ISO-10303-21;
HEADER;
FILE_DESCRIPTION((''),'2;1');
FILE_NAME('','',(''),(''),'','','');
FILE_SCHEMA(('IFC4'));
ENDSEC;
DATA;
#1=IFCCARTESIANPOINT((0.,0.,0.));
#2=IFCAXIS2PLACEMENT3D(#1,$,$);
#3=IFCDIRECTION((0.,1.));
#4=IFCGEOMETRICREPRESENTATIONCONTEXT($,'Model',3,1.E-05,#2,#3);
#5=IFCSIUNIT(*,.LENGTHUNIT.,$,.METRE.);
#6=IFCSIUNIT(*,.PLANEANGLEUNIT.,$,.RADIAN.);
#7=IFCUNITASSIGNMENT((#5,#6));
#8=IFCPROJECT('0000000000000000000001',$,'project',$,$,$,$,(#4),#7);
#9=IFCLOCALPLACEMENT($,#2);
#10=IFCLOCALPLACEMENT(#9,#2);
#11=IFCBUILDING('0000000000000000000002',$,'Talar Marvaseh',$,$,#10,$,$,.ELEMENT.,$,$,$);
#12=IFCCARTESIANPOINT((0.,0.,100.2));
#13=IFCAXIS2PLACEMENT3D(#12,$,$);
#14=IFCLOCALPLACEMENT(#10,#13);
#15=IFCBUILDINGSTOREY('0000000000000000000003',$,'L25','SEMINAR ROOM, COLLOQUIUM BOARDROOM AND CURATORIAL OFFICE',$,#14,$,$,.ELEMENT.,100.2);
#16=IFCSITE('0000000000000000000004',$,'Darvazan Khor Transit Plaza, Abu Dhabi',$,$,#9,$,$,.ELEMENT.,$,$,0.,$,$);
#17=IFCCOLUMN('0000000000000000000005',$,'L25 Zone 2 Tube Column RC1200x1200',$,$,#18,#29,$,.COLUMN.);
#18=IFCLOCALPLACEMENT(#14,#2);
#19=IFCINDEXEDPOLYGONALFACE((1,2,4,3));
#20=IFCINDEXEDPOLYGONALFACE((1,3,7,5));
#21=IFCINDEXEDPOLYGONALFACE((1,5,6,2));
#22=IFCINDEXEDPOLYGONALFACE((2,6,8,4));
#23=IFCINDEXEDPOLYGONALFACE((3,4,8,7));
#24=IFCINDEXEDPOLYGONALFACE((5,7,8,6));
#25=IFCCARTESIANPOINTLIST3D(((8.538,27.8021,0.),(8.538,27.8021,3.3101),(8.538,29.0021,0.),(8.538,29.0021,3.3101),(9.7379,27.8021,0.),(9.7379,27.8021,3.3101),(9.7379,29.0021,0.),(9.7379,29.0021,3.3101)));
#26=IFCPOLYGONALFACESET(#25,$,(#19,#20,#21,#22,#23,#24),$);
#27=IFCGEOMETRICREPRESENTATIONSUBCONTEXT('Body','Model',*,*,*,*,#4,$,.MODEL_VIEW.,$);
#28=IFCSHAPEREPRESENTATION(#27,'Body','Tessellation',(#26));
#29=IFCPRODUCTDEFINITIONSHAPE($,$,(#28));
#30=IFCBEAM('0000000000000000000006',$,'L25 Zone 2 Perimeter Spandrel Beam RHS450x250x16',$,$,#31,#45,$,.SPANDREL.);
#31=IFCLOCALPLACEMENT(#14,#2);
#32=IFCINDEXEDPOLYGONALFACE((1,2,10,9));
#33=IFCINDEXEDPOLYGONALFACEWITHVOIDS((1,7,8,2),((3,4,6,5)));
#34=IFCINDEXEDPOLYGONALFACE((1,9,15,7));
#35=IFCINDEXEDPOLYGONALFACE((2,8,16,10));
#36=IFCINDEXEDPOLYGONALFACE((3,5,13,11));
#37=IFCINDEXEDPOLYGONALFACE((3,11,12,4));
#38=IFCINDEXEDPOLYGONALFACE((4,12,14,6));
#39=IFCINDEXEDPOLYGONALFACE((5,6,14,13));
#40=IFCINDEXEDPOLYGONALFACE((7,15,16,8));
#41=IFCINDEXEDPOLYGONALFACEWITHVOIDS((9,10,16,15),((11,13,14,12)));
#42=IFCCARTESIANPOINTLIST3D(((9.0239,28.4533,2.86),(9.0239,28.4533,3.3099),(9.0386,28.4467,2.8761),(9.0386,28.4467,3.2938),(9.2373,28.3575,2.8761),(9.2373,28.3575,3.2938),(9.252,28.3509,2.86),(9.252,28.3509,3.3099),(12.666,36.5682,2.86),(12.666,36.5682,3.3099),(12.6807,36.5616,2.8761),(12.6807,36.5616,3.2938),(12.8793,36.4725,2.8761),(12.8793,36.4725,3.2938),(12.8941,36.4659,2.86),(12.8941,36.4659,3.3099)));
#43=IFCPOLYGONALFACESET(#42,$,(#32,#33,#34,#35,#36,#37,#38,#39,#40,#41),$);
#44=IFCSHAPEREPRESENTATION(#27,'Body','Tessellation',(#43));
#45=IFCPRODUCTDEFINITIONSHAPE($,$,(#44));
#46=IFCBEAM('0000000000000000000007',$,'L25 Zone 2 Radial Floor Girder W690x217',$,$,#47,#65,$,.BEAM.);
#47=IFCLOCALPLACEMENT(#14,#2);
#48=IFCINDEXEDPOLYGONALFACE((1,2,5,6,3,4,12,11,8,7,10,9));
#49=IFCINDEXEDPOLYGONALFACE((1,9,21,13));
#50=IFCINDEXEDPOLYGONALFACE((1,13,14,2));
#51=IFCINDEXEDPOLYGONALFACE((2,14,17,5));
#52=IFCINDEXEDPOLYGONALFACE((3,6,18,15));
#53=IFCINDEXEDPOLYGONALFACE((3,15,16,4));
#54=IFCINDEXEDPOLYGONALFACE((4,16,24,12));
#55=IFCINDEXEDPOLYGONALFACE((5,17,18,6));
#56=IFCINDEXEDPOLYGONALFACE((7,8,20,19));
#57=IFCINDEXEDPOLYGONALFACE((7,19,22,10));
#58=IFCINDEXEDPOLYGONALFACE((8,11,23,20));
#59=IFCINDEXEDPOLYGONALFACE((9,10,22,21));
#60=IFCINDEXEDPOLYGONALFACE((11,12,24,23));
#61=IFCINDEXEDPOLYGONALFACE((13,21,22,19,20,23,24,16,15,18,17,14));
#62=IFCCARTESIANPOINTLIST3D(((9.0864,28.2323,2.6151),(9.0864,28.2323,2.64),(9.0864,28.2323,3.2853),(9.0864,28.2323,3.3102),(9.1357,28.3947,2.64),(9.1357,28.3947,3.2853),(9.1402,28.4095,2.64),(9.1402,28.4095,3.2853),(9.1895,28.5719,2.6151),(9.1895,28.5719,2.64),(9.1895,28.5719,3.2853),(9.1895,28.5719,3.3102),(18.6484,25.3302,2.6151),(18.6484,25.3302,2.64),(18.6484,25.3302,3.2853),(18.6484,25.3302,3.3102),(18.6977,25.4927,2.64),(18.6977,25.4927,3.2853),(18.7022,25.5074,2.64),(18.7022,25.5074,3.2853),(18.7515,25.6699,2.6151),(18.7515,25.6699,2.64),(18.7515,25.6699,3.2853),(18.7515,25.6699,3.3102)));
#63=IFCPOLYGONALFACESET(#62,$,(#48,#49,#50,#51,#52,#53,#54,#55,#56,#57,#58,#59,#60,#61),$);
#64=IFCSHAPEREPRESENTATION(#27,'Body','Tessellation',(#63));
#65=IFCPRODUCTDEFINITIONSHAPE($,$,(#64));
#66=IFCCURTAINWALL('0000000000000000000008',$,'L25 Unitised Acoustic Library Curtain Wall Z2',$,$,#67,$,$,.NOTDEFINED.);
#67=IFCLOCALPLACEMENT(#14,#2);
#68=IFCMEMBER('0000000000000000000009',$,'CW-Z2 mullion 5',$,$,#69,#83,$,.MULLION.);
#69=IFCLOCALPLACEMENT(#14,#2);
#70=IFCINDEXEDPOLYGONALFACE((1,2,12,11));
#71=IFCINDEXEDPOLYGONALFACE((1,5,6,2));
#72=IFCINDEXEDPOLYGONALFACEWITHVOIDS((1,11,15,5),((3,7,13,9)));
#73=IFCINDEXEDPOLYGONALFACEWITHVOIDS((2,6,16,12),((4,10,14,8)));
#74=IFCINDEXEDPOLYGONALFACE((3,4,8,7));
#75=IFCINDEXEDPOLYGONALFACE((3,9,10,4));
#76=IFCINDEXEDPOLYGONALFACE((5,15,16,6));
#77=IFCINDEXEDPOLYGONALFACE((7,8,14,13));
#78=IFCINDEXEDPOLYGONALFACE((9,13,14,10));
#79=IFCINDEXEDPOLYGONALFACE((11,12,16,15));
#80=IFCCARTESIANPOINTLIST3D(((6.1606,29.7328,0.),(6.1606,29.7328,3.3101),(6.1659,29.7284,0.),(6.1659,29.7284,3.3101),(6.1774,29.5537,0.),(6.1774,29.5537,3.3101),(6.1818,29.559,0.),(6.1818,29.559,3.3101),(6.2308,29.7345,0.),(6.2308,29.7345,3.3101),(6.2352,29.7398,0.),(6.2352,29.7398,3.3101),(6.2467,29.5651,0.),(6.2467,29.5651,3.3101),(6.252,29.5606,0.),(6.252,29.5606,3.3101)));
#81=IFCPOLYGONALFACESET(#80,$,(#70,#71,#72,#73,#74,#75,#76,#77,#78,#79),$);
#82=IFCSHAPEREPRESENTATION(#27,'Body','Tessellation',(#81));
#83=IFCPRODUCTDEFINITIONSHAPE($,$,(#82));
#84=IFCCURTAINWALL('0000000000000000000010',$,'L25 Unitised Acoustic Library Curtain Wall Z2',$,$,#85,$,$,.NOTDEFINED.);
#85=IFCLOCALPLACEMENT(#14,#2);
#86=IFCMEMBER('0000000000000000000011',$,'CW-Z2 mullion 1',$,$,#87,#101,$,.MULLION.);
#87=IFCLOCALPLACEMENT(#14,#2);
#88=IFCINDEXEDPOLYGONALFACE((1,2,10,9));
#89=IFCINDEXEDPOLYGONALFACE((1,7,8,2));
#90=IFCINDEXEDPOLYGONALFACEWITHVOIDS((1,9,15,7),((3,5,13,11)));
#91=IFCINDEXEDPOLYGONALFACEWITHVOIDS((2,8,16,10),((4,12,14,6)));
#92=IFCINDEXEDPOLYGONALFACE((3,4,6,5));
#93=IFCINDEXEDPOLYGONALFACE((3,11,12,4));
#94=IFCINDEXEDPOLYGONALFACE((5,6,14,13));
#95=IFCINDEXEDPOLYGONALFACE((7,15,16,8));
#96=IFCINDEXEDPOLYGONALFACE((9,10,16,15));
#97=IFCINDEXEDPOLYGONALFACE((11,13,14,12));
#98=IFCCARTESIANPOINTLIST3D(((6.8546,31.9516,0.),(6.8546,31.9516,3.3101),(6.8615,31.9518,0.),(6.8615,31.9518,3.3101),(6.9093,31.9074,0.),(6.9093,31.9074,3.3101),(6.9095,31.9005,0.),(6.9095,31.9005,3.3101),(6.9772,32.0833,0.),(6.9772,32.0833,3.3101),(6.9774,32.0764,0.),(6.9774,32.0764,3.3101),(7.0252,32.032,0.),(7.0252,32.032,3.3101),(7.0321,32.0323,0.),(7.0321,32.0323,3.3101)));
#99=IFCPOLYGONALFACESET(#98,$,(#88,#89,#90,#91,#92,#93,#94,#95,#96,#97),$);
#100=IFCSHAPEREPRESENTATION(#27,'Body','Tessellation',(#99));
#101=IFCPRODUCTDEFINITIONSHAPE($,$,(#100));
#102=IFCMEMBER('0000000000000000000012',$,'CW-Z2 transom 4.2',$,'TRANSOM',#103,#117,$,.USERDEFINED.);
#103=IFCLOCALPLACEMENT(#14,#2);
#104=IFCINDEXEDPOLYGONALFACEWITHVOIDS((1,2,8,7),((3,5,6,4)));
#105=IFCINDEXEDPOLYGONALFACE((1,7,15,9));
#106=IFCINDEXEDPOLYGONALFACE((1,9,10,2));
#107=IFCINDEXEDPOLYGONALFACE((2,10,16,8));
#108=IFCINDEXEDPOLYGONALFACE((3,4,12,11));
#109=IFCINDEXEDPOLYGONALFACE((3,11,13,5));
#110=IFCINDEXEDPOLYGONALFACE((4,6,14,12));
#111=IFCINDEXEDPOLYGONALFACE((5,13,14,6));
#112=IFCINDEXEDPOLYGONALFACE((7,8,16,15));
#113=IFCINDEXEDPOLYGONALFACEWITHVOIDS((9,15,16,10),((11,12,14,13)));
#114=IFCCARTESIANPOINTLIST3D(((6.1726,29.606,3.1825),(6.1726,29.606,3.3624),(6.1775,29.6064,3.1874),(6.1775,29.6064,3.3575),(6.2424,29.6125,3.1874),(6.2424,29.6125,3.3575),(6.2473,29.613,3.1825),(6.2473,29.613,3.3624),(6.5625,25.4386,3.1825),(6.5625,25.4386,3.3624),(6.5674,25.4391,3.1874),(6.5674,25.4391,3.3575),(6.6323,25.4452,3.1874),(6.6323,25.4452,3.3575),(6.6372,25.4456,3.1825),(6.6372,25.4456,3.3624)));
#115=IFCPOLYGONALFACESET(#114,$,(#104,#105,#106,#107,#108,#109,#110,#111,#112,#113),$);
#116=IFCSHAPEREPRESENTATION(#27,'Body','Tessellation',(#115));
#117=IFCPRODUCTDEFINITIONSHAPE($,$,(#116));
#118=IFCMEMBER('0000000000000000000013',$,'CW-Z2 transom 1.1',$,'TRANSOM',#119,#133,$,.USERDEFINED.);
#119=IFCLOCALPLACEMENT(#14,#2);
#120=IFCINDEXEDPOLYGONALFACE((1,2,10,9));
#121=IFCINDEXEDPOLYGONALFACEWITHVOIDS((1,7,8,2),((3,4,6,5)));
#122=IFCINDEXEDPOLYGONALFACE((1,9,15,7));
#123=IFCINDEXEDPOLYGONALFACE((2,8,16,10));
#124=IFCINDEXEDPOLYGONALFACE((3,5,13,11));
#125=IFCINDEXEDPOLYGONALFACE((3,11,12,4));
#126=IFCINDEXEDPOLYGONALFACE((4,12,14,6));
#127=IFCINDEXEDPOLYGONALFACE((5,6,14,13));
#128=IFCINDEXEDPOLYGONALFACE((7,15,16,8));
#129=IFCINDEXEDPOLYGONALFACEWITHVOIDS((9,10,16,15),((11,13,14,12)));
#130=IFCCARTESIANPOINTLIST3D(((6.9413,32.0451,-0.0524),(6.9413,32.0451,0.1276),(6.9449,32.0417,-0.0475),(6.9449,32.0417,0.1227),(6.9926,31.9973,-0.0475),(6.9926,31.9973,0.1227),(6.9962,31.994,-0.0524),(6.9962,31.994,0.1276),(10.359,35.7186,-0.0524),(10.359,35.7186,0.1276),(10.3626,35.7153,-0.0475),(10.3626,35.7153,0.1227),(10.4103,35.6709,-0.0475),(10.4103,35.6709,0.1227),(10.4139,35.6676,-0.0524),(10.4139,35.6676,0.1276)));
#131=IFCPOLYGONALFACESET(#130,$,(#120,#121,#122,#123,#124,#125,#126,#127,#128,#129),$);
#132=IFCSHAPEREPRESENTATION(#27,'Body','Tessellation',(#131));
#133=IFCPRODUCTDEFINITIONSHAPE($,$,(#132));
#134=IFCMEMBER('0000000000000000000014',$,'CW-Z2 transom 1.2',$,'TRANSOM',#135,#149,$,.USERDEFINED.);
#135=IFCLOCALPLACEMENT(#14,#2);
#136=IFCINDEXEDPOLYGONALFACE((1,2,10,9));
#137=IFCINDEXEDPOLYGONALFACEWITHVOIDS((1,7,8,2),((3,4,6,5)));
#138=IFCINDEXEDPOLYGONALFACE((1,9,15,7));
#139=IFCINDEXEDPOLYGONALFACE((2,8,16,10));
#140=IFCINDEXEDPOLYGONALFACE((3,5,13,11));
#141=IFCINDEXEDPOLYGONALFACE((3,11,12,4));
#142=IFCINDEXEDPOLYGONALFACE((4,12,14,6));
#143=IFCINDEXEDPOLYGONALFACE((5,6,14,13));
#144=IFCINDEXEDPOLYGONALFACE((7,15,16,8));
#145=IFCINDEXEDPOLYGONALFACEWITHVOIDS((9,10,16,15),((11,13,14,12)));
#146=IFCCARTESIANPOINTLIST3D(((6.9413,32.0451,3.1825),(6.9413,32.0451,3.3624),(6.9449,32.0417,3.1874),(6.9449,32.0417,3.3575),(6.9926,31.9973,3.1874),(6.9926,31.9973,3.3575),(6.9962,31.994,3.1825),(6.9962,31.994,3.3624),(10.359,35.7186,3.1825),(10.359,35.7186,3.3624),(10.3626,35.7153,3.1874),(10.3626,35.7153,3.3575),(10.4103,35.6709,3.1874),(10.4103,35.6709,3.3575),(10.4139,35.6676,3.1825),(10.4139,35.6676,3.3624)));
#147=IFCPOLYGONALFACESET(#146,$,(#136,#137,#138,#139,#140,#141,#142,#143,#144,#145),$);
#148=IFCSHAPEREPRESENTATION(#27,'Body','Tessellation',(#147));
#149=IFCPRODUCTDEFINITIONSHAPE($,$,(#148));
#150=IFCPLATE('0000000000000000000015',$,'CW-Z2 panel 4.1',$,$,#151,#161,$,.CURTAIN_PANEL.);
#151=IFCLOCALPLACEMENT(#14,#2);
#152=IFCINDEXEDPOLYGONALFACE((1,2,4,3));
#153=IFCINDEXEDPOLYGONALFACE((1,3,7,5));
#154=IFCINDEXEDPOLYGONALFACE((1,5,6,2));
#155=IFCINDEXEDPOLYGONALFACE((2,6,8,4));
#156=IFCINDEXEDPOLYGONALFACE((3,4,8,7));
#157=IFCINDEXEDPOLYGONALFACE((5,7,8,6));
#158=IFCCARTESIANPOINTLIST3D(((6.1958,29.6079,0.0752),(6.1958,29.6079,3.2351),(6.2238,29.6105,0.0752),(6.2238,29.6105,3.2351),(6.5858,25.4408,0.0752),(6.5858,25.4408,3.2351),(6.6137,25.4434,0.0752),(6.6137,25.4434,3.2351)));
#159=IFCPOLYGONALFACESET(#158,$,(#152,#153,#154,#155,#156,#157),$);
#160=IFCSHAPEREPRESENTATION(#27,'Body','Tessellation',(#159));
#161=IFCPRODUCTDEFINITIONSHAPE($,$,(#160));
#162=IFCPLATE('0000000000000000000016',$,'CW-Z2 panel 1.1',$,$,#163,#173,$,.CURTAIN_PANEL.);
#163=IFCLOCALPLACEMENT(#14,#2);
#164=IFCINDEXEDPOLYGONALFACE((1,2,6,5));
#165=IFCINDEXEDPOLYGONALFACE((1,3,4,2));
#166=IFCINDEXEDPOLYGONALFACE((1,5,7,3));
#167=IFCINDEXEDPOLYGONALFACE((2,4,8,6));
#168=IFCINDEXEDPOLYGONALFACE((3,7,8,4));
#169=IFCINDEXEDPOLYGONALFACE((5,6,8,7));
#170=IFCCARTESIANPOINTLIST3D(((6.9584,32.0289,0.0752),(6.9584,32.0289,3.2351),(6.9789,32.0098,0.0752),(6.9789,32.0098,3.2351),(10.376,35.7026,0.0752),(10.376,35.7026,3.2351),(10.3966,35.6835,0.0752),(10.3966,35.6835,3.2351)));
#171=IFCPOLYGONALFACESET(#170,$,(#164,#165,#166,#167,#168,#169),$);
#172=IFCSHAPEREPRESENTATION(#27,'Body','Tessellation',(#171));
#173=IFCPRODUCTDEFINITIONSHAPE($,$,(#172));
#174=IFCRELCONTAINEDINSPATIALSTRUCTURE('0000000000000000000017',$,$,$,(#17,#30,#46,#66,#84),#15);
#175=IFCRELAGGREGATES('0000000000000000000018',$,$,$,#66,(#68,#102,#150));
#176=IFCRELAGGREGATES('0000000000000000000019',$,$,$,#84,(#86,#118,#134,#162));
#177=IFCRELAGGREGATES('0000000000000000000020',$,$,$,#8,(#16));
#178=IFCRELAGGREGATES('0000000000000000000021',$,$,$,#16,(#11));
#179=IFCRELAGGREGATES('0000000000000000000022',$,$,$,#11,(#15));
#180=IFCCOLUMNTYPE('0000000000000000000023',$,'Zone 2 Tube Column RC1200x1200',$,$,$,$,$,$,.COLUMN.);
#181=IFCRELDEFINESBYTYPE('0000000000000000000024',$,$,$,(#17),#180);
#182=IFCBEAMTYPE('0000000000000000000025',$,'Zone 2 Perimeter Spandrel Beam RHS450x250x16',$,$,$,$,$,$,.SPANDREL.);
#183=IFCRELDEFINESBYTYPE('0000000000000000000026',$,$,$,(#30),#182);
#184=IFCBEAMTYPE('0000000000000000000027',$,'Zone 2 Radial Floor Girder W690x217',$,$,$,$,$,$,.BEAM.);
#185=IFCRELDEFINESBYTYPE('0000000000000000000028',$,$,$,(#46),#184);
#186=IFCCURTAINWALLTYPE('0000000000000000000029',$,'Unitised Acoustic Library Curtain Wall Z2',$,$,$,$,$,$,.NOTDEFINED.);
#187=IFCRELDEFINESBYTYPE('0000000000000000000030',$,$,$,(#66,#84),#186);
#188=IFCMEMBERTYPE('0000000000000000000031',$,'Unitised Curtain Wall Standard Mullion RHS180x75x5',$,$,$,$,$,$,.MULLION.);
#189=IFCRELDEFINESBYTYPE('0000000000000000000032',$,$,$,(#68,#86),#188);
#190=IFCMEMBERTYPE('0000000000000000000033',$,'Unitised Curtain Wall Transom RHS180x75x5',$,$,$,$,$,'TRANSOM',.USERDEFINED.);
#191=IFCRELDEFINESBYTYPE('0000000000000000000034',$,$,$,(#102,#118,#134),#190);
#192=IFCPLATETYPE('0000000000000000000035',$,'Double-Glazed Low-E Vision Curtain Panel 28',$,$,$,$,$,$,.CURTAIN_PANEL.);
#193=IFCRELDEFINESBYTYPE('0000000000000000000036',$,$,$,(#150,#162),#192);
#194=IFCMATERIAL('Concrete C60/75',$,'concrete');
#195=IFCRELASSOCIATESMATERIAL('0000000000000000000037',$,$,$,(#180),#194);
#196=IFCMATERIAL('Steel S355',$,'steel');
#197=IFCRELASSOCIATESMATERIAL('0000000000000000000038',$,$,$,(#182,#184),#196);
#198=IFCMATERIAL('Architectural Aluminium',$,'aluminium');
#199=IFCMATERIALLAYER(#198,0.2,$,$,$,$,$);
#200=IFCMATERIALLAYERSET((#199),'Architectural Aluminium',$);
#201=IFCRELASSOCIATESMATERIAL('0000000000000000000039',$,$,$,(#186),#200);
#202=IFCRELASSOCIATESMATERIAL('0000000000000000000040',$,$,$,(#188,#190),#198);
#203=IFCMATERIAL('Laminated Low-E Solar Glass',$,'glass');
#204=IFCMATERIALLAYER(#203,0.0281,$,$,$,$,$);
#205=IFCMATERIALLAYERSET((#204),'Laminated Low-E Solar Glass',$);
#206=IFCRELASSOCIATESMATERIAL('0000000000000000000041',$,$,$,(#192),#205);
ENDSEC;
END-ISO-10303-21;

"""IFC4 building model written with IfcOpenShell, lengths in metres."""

from ifc_helpers import new_model, si_unit, direction, frame, origin, origin_2d, place, context, subcontext, project, spatial, rectangle, hollow_rectangle, i_section, extrude, source, transform, mapped, material, layer, layer_set, material_profile, profile_set, type_object, type_shapes, element, aggregate, save


model = new_model("IFC4")

# Units and contexts
model_context = context("Model", 3, precision=1e-05, world=origin(), true_north=direction((0.0, 1.0)))
body_context = subcontext(model_context, "Body", "Model", "MODEL_VIEW")
ifc_project = project(units=[si_unit("LENGTHUNIT", "METRE"), si_unit("PLANEANGLEUNIT", "RADIAN")], contexts=[model_context])

# Site, building, storey
site_placement = place(None, origin())
site = spatial("IfcSite", under=ifc_project, at=site_placement, Name="Darvazan Khor Transit Plaza, Abu Dhabi", CompositionType="ELEMENT", RefElevation=0.0)
building_placement = place(site_placement, origin())
building = spatial("IfcBuilding", under=site, at=building_placement, Name="Talar Marvaseh", CompositionType="ELEMENT")
storey_placement = place(building_placement, frame((0.0, 0.0, 100.2)))
storey = spatial("IfcBuildingStorey", under=building, at=storey_placement, Name="L25", Description="SEMINAR ROOM, COLLOQUIUM BOARDROOM AND CURATORIAL OFFICE", CompositionType="ELEMENT", Elevation=100.2)

# Column
ifc_material_1 = material(Name="Concrete C60/75", Category="concrete")
ifc_material_profile_1 = material_profile(ifc_material_1, rectangle(XDim=1.2, YDim=1.2, at=origin_2d()), Name="RC1200x1200")
ifc_profile_set_1 = profile_set([ifc_material_profile_1], Name="Concrete C60/75")
column_type = type_object("IfcColumnType", Name="Zone 2 Tube Column RC1200x1200", PredefinedType="COLUMN", material=ifc_profile_set_1)
column_placement = place(storey_placement, frame((9.1379, 28.4021, 0.0), z_axis=(0.0, 0.0, 1.0), x_axis=(1.0, 0.0, 0.0)))
element("IfcColumn", 1, at=column_placement, inside=storey, type_object=column_type, Name="L25 Zone 2 Tube Column RC1200x1200", PredefinedType="COLUMN", context=body_context, shape_type="SweptSolid", body=[
    extrude(rectangle(XDim=1.2, YDim=1.2, at=origin_2d()), origin(), (0.0, 0.0, 1.0), 3.3101),
])

# Beams
ifc_material_2 = material(Name="Steel S355", Category="steel")
ifc_material_profile_2 = material_profile(ifc_material_2, hollow_rectangle(XDim=0.25, YDim=0.45, WallThickness=0.0161, at=origin_2d()), Name="RHS450x250x16")
ifc_profile_set_2 = profile_set([ifc_material_profile_2], Name="Steel S355")
beam_type_1 = type_object("IfcBeamType", Name="Zone 2 Perimeter Spandrel Beam RHS450x250x16", PredefinedType="SPANDREL", material=ifc_profile_set_2)
beam_1_placement = place(storey_placement, frame((9.1379, 28.4021, 3.085), z_axis=(0.409462, 0.912327, 0.0), x_axis=(-0.912327, 0.409462, 0.0)))
element("IfcBeam", 2, at=beam_1_placement, inside=storey, type_object=beam_type_1, Name="L25 Zone 2 Perimeter Spandrel Beam RHS450x250x16", PredefinedType="SPANDREL", context=body_context, shape_type="SweptSolid", body=[
    extrude(hollow_rectangle(XDim=0.25, YDim=0.45, WallThickness=0.0161, at=origin_2d()), origin(), (0.0, 0.0, 1.0), 8.8948),
])
ifc_material_profile_3 = material_profile(ifc_material_2, i_section(OverallWidth=0.355, OverallDepth=0.6951, WebThickness=0.0154, FlangeThickness=0.0249, at=origin_2d()), Name="W690x217")
ifc_profile_set_3 = profile_set([ifc_material_profile_3], Name="Steel S355")
beam_type_2 = type_object("IfcBeamType", Name="Zone 2 Radial Floor Girder W690x217", PredefinedType="BEAM", material=ifc_profile_set_3)
beam_2_placement = place(storey_placement, frame((9.1379, 28.4021, 2.9626), z_axis=(0.956899, -0.290422, 0.0), x_axis=(0.290422, 0.956899, 0.0)))
element("IfcBeam", 3, at=beam_2_placement, inside=storey, type_object=beam_type_2, Name="L25 Zone 2 Radial Floor Girder W690x217", PredefinedType="BEAM", context=body_context, shape_type="SweptSolid", body=[
    extrude(i_section(OverallWidth=0.355, OverallDepth=0.6951, WebThickness=0.0154, FlangeThickness=0.0249, at=origin_2d()), origin(), (0.0, 0.0, 1.0), 9.9927),
])

# Curtain walls, members
ifc_material_3 = material(Name="Architectural Aluminium", Category="aluminium")
ifc_layer_1 = layer(ifc_material_3, 0.2)
ifc_layer_set_1 = layer_set([ifc_layer_1], Name="Architectural Aluminium")
curtain_wall_type = type_object("IfcCurtainWallType", Name="Unitised Acoustic Library Curtain Wall Z2", PredefinedType="NOTDEFINED", material=ifc_layer_set_1)
curtain_wall_1_placement = place(storey_placement, origin())
curtain_wall_1 = element("IfcCurtainWall", 4, at=curtain_wall_1_placement, inside=storey, type_object=curtain_wall_type, Name="L25 Unitised Acoustic Library Curtain Wall Z2", PredefinedType="NOTDEFINED")
ifc_material_profile_4 = material_profile(ifc_material_3, hollow_rectangle(XDim=0.075, YDim=0.1799, WallThickness=0.0049, at=origin_2d()), Name="RHS180x75x5")
ifc_profile_set_4 = profile_set([ifc_material_profile_4], Name="Architectural Aluminium")
member_type_1 = type_object("IfcMemberType", Name="Unitised Curtain Wall Standard Mullion RHS180x75x5", PredefinedType="MULLION", material=ifc_profile_set_4)
shared_shape_1 = source(origin(), body_context, "Body", "SweptSolid", [
    extrude(hollow_rectangle(XDim=0.075, YDim=0.1799, WallThickness=0.0049, at=origin_2d()), origin(), (0.0, 0.0, 1.0), 3.3101),
])
type_shapes(member_type_1, [shared_shape_1])
member_1_placement = place(storey_placement, frame((6.2063, 29.6467, 0.0), z_axis=(0.0, 0.0, 1.0), x_axis=(-0.99565, -0.093173, 0.0)))
member_1 = element("IfcMember", 5, at=member_1_placement, type_object=member_type_1, Name="CW-Z2 mullion 5", PredefinedType="MULLION", context=body_context, shape_type="MappedRepresentation", body=[
    mapped(shared_shape_1, transform((0.0, 0.0, 0.0), x_axis=(1.0, 0.0, 0.0), y_axis=(0.0, 1.0, 0.0), z_axis=(0.0, 0.0, 1.0), scale=1.0)),
])
curtain_wall_2_placement = place(storey_placement, origin())
curtain_wall_2 = element("IfcCurtainWall", 6, at=curtain_wall_2_placement, inside=storey, type_object=curtain_wall_type, Name="L25 Unitised Acoustic Library Curtain Wall Z2", PredefinedType="NOTDEFINED")
member_2_placement = place(storey_placement, frame((6.9434, 31.9919, 0.0), z_axis=(0.0, 0.0, 1.0), x_axis=(-0.73216, 0.681133, 0.0)))
member_2 = element("IfcMember", 7, at=member_2_placement, type_object=member_type_1, Name="CW-Z2 mullion 1", PredefinedType="MULLION", context=body_context, shape_type="MappedRepresentation", body=[
    mapped(shared_shape_1, transform((0.0, 0.0, 0.0), x_axis=(1.0, 0.0, 0.0), y_axis=(0.0, 1.0, 0.0), z_axis=(0.0, 0.0, 1.0), scale=1.0)),
])

# Members
ifc_material_profile_5 = material_profile(ifc_material_3, hollow_rectangle(XDim=0.075, YDim=0.1799, WallThickness=0.0049, at=origin_2d()), Name="RHS180x75x5")
ifc_profile_set_5 = profile_set([ifc_material_profile_5], Name="Architectural Aluminium")
member_type_2 = type_object("IfcMemberType", Name="Unitised Curtain Wall Transom RHS180x75x5", ElementType="TRANSOM", PredefinedType="USERDEFINED", material=ifc_profile_set_5)
shared_shape_2 = source(origin(), body_context, "Body", "SweptSolid", [
    extrude(hollow_rectangle(XDim=0.075, YDim=0.1799, WallThickness=0.0049, at=origin_2d()), origin(), (0.0, 0.0, 1.0), 4.1855),
])
member_3_placement = place(storey_placement, frame((6.5999, 25.4421, 3.2725), z_axis=(-0.093155, 0.995652, 0.0), x_axis=(-0.995652, -0.093155, 0.0)))
member_3 = element("IfcMember", 8, at=member_3_placement, type_object=member_type_2, Name="CW-Z2 transom 4.2", ObjectType="TRANSOM", PredefinedType="USERDEFINED", context=body_context, shape_type="MappedRepresentation", body=[
    mapped(shared_shape_2, transform((0.0, 0.0, 0.0), x_axis=(1.0, 0.0, 0.0), y_axis=(0.0, 1.0, 0.0), z_axis=(0.0, 0.0, 1.0), scale=1.0)),
])
shared_shape_3 = source(origin(), body_context, "Body", "SweptSolid", [
    extrude(hollow_rectangle(XDim=0.075, YDim=0.1799, WallThickness=0.0049, at=origin_2d()), origin(), (0.0, 0.0, 1.0), 5.0176),
])
type_shapes(member_type_2, [shared_shape_2, shared_shape_3])
member_4_placement = place(storey_placement, frame((6.9688, 32.0195, 0.0376), z_axis=(0.681151, 0.732143, 0.0), x_axis=(-0.732143, 0.681151, 0.0)))
member_4 = element("IfcMember", 9, at=member_4_placement, type_object=member_type_2, Name="CW-Z2 transom 1.1", ObjectType="TRANSOM", PredefinedType="USERDEFINED", context=body_context, shape_type="MappedRepresentation", body=[
    mapped(shared_shape_3, transform((0.0, 0.0, 0.0), x_axis=(1.0, 0.0, 0.0), y_axis=(0.0, 1.0, 0.0), z_axis=(0.0, 0.0, 1.0), scale=1.0)),
])
member_5_placement = place(storey_placement, frame((6.9688, 32.0195, 3.2725), z_axis=(0.681151, 0.732143, 0.0), x_axis=(-0.732143, 0.681151, 0.0)))
member_5 = element("IfcMember", 10, at=member_5_placement, type_object=member_type_2, Name="CW-Z2 transom 1.2", ObjectType="TRANSOM", PredefinedType="USERDEFINED", context=body_context, shape_type="MappedRepresentation", body=[
    mapped(shared_shape_3, transform((0.0, 0.0, 0.0), x_axis=(1.0, 0.0, 0.0), y_axis=(0.0, 1.0, 0.0), z_axis=(0.0, 0.0, 1.0), scale=1.0)),
])

# Plates
ifc_material_4 = material(Name="Laminated Low-E Solar Glass", Category="glass")
ifc_layer_2 = layer(ifc_material_4, 0.0281)
ifc_layer_set_2 = layer_set([ifc_layer_2], Name="Laminated Low-E Solar Glass")
plate_type = type_object("IfcPlateType", Name="Double-Glazed Low-E Vision Curtain Panel 28", PredefinedType="CURTAIN_PANEL", material=ifc_layer_set_2)
shared_shape_4 = source(origin(), body_context, "Body", "SweptSolid", [
    extrude(rectangle(XDim=4.1853, YDim=0.0281, at=origin_2d()), origin(), (0.0, 0.0, 1.0), 3.1599),
])
plate_1_placement = place(storey_placement, frame((6.4048, 27.5256, 0.0752), z_axis=(0.0, 0.0, 1.0), x_axis=(-0.093173, 0.99565, 0.0)))
plate_1 = element("IfcPlate", 11, at=plate_1_placement, type_object=plate_type, Name="CW-Z2 panel 4.1", PredefinedType="CURTAIN_PANEL", context=body_context, shape_type="MappedRepresentation", body=[
    mapped(shared_shape_4, transform((0.0, 0.0, 0.0), x_axis=(1.0, 0.0, 0.0), y_axis=(0.0, 1.0, 0.0), z_axis=(0.0, 0.0, 1.0), scale=1.0)),
])
aggregate(curtain_wall_1, [member_1, member_3, plate_1])
shared_shape_5 = source(origin(), body_context, "Body", "SweptSolid", [
    extrude(rectangle(XDim=5.0176, YDim=0.0281, at=origin_2d()), origin(), (0.0, 0.0, 1.0), 3.1599),
])
type_shapes(plate_type, [shared_shape_4, shared_shape_5])
plate_2_placement = place(storey_placement, frame((8.6775, 33.8562, 0.0752), z_axis=(0.0, 0.0, 1.0), x_axis=(0.681133, 0.73216, 0.0)))
plate_2 = element("IfcPlate", 12, at=plate_2_placement, type_object=plate_type, Name="CW-Z2 panel 1.1", PredefinedType="CURTAIN_PANEL", context=body_context, shape_type="MappedRepresentation", body=[
    mapped(shared_shape_5, transform((0.0, 0.0, 0.0), x_axis=(1.0, 0.0, 0.0), y_axis=(0.0, 1.0, 0.0), z_axis=(0.0, 0.0, 1.0), scale=1.0)),
])
aggregate(curtain_wall_2, [member_2, member_4, member_5, plate_2])

save(model, "model.ifc")
